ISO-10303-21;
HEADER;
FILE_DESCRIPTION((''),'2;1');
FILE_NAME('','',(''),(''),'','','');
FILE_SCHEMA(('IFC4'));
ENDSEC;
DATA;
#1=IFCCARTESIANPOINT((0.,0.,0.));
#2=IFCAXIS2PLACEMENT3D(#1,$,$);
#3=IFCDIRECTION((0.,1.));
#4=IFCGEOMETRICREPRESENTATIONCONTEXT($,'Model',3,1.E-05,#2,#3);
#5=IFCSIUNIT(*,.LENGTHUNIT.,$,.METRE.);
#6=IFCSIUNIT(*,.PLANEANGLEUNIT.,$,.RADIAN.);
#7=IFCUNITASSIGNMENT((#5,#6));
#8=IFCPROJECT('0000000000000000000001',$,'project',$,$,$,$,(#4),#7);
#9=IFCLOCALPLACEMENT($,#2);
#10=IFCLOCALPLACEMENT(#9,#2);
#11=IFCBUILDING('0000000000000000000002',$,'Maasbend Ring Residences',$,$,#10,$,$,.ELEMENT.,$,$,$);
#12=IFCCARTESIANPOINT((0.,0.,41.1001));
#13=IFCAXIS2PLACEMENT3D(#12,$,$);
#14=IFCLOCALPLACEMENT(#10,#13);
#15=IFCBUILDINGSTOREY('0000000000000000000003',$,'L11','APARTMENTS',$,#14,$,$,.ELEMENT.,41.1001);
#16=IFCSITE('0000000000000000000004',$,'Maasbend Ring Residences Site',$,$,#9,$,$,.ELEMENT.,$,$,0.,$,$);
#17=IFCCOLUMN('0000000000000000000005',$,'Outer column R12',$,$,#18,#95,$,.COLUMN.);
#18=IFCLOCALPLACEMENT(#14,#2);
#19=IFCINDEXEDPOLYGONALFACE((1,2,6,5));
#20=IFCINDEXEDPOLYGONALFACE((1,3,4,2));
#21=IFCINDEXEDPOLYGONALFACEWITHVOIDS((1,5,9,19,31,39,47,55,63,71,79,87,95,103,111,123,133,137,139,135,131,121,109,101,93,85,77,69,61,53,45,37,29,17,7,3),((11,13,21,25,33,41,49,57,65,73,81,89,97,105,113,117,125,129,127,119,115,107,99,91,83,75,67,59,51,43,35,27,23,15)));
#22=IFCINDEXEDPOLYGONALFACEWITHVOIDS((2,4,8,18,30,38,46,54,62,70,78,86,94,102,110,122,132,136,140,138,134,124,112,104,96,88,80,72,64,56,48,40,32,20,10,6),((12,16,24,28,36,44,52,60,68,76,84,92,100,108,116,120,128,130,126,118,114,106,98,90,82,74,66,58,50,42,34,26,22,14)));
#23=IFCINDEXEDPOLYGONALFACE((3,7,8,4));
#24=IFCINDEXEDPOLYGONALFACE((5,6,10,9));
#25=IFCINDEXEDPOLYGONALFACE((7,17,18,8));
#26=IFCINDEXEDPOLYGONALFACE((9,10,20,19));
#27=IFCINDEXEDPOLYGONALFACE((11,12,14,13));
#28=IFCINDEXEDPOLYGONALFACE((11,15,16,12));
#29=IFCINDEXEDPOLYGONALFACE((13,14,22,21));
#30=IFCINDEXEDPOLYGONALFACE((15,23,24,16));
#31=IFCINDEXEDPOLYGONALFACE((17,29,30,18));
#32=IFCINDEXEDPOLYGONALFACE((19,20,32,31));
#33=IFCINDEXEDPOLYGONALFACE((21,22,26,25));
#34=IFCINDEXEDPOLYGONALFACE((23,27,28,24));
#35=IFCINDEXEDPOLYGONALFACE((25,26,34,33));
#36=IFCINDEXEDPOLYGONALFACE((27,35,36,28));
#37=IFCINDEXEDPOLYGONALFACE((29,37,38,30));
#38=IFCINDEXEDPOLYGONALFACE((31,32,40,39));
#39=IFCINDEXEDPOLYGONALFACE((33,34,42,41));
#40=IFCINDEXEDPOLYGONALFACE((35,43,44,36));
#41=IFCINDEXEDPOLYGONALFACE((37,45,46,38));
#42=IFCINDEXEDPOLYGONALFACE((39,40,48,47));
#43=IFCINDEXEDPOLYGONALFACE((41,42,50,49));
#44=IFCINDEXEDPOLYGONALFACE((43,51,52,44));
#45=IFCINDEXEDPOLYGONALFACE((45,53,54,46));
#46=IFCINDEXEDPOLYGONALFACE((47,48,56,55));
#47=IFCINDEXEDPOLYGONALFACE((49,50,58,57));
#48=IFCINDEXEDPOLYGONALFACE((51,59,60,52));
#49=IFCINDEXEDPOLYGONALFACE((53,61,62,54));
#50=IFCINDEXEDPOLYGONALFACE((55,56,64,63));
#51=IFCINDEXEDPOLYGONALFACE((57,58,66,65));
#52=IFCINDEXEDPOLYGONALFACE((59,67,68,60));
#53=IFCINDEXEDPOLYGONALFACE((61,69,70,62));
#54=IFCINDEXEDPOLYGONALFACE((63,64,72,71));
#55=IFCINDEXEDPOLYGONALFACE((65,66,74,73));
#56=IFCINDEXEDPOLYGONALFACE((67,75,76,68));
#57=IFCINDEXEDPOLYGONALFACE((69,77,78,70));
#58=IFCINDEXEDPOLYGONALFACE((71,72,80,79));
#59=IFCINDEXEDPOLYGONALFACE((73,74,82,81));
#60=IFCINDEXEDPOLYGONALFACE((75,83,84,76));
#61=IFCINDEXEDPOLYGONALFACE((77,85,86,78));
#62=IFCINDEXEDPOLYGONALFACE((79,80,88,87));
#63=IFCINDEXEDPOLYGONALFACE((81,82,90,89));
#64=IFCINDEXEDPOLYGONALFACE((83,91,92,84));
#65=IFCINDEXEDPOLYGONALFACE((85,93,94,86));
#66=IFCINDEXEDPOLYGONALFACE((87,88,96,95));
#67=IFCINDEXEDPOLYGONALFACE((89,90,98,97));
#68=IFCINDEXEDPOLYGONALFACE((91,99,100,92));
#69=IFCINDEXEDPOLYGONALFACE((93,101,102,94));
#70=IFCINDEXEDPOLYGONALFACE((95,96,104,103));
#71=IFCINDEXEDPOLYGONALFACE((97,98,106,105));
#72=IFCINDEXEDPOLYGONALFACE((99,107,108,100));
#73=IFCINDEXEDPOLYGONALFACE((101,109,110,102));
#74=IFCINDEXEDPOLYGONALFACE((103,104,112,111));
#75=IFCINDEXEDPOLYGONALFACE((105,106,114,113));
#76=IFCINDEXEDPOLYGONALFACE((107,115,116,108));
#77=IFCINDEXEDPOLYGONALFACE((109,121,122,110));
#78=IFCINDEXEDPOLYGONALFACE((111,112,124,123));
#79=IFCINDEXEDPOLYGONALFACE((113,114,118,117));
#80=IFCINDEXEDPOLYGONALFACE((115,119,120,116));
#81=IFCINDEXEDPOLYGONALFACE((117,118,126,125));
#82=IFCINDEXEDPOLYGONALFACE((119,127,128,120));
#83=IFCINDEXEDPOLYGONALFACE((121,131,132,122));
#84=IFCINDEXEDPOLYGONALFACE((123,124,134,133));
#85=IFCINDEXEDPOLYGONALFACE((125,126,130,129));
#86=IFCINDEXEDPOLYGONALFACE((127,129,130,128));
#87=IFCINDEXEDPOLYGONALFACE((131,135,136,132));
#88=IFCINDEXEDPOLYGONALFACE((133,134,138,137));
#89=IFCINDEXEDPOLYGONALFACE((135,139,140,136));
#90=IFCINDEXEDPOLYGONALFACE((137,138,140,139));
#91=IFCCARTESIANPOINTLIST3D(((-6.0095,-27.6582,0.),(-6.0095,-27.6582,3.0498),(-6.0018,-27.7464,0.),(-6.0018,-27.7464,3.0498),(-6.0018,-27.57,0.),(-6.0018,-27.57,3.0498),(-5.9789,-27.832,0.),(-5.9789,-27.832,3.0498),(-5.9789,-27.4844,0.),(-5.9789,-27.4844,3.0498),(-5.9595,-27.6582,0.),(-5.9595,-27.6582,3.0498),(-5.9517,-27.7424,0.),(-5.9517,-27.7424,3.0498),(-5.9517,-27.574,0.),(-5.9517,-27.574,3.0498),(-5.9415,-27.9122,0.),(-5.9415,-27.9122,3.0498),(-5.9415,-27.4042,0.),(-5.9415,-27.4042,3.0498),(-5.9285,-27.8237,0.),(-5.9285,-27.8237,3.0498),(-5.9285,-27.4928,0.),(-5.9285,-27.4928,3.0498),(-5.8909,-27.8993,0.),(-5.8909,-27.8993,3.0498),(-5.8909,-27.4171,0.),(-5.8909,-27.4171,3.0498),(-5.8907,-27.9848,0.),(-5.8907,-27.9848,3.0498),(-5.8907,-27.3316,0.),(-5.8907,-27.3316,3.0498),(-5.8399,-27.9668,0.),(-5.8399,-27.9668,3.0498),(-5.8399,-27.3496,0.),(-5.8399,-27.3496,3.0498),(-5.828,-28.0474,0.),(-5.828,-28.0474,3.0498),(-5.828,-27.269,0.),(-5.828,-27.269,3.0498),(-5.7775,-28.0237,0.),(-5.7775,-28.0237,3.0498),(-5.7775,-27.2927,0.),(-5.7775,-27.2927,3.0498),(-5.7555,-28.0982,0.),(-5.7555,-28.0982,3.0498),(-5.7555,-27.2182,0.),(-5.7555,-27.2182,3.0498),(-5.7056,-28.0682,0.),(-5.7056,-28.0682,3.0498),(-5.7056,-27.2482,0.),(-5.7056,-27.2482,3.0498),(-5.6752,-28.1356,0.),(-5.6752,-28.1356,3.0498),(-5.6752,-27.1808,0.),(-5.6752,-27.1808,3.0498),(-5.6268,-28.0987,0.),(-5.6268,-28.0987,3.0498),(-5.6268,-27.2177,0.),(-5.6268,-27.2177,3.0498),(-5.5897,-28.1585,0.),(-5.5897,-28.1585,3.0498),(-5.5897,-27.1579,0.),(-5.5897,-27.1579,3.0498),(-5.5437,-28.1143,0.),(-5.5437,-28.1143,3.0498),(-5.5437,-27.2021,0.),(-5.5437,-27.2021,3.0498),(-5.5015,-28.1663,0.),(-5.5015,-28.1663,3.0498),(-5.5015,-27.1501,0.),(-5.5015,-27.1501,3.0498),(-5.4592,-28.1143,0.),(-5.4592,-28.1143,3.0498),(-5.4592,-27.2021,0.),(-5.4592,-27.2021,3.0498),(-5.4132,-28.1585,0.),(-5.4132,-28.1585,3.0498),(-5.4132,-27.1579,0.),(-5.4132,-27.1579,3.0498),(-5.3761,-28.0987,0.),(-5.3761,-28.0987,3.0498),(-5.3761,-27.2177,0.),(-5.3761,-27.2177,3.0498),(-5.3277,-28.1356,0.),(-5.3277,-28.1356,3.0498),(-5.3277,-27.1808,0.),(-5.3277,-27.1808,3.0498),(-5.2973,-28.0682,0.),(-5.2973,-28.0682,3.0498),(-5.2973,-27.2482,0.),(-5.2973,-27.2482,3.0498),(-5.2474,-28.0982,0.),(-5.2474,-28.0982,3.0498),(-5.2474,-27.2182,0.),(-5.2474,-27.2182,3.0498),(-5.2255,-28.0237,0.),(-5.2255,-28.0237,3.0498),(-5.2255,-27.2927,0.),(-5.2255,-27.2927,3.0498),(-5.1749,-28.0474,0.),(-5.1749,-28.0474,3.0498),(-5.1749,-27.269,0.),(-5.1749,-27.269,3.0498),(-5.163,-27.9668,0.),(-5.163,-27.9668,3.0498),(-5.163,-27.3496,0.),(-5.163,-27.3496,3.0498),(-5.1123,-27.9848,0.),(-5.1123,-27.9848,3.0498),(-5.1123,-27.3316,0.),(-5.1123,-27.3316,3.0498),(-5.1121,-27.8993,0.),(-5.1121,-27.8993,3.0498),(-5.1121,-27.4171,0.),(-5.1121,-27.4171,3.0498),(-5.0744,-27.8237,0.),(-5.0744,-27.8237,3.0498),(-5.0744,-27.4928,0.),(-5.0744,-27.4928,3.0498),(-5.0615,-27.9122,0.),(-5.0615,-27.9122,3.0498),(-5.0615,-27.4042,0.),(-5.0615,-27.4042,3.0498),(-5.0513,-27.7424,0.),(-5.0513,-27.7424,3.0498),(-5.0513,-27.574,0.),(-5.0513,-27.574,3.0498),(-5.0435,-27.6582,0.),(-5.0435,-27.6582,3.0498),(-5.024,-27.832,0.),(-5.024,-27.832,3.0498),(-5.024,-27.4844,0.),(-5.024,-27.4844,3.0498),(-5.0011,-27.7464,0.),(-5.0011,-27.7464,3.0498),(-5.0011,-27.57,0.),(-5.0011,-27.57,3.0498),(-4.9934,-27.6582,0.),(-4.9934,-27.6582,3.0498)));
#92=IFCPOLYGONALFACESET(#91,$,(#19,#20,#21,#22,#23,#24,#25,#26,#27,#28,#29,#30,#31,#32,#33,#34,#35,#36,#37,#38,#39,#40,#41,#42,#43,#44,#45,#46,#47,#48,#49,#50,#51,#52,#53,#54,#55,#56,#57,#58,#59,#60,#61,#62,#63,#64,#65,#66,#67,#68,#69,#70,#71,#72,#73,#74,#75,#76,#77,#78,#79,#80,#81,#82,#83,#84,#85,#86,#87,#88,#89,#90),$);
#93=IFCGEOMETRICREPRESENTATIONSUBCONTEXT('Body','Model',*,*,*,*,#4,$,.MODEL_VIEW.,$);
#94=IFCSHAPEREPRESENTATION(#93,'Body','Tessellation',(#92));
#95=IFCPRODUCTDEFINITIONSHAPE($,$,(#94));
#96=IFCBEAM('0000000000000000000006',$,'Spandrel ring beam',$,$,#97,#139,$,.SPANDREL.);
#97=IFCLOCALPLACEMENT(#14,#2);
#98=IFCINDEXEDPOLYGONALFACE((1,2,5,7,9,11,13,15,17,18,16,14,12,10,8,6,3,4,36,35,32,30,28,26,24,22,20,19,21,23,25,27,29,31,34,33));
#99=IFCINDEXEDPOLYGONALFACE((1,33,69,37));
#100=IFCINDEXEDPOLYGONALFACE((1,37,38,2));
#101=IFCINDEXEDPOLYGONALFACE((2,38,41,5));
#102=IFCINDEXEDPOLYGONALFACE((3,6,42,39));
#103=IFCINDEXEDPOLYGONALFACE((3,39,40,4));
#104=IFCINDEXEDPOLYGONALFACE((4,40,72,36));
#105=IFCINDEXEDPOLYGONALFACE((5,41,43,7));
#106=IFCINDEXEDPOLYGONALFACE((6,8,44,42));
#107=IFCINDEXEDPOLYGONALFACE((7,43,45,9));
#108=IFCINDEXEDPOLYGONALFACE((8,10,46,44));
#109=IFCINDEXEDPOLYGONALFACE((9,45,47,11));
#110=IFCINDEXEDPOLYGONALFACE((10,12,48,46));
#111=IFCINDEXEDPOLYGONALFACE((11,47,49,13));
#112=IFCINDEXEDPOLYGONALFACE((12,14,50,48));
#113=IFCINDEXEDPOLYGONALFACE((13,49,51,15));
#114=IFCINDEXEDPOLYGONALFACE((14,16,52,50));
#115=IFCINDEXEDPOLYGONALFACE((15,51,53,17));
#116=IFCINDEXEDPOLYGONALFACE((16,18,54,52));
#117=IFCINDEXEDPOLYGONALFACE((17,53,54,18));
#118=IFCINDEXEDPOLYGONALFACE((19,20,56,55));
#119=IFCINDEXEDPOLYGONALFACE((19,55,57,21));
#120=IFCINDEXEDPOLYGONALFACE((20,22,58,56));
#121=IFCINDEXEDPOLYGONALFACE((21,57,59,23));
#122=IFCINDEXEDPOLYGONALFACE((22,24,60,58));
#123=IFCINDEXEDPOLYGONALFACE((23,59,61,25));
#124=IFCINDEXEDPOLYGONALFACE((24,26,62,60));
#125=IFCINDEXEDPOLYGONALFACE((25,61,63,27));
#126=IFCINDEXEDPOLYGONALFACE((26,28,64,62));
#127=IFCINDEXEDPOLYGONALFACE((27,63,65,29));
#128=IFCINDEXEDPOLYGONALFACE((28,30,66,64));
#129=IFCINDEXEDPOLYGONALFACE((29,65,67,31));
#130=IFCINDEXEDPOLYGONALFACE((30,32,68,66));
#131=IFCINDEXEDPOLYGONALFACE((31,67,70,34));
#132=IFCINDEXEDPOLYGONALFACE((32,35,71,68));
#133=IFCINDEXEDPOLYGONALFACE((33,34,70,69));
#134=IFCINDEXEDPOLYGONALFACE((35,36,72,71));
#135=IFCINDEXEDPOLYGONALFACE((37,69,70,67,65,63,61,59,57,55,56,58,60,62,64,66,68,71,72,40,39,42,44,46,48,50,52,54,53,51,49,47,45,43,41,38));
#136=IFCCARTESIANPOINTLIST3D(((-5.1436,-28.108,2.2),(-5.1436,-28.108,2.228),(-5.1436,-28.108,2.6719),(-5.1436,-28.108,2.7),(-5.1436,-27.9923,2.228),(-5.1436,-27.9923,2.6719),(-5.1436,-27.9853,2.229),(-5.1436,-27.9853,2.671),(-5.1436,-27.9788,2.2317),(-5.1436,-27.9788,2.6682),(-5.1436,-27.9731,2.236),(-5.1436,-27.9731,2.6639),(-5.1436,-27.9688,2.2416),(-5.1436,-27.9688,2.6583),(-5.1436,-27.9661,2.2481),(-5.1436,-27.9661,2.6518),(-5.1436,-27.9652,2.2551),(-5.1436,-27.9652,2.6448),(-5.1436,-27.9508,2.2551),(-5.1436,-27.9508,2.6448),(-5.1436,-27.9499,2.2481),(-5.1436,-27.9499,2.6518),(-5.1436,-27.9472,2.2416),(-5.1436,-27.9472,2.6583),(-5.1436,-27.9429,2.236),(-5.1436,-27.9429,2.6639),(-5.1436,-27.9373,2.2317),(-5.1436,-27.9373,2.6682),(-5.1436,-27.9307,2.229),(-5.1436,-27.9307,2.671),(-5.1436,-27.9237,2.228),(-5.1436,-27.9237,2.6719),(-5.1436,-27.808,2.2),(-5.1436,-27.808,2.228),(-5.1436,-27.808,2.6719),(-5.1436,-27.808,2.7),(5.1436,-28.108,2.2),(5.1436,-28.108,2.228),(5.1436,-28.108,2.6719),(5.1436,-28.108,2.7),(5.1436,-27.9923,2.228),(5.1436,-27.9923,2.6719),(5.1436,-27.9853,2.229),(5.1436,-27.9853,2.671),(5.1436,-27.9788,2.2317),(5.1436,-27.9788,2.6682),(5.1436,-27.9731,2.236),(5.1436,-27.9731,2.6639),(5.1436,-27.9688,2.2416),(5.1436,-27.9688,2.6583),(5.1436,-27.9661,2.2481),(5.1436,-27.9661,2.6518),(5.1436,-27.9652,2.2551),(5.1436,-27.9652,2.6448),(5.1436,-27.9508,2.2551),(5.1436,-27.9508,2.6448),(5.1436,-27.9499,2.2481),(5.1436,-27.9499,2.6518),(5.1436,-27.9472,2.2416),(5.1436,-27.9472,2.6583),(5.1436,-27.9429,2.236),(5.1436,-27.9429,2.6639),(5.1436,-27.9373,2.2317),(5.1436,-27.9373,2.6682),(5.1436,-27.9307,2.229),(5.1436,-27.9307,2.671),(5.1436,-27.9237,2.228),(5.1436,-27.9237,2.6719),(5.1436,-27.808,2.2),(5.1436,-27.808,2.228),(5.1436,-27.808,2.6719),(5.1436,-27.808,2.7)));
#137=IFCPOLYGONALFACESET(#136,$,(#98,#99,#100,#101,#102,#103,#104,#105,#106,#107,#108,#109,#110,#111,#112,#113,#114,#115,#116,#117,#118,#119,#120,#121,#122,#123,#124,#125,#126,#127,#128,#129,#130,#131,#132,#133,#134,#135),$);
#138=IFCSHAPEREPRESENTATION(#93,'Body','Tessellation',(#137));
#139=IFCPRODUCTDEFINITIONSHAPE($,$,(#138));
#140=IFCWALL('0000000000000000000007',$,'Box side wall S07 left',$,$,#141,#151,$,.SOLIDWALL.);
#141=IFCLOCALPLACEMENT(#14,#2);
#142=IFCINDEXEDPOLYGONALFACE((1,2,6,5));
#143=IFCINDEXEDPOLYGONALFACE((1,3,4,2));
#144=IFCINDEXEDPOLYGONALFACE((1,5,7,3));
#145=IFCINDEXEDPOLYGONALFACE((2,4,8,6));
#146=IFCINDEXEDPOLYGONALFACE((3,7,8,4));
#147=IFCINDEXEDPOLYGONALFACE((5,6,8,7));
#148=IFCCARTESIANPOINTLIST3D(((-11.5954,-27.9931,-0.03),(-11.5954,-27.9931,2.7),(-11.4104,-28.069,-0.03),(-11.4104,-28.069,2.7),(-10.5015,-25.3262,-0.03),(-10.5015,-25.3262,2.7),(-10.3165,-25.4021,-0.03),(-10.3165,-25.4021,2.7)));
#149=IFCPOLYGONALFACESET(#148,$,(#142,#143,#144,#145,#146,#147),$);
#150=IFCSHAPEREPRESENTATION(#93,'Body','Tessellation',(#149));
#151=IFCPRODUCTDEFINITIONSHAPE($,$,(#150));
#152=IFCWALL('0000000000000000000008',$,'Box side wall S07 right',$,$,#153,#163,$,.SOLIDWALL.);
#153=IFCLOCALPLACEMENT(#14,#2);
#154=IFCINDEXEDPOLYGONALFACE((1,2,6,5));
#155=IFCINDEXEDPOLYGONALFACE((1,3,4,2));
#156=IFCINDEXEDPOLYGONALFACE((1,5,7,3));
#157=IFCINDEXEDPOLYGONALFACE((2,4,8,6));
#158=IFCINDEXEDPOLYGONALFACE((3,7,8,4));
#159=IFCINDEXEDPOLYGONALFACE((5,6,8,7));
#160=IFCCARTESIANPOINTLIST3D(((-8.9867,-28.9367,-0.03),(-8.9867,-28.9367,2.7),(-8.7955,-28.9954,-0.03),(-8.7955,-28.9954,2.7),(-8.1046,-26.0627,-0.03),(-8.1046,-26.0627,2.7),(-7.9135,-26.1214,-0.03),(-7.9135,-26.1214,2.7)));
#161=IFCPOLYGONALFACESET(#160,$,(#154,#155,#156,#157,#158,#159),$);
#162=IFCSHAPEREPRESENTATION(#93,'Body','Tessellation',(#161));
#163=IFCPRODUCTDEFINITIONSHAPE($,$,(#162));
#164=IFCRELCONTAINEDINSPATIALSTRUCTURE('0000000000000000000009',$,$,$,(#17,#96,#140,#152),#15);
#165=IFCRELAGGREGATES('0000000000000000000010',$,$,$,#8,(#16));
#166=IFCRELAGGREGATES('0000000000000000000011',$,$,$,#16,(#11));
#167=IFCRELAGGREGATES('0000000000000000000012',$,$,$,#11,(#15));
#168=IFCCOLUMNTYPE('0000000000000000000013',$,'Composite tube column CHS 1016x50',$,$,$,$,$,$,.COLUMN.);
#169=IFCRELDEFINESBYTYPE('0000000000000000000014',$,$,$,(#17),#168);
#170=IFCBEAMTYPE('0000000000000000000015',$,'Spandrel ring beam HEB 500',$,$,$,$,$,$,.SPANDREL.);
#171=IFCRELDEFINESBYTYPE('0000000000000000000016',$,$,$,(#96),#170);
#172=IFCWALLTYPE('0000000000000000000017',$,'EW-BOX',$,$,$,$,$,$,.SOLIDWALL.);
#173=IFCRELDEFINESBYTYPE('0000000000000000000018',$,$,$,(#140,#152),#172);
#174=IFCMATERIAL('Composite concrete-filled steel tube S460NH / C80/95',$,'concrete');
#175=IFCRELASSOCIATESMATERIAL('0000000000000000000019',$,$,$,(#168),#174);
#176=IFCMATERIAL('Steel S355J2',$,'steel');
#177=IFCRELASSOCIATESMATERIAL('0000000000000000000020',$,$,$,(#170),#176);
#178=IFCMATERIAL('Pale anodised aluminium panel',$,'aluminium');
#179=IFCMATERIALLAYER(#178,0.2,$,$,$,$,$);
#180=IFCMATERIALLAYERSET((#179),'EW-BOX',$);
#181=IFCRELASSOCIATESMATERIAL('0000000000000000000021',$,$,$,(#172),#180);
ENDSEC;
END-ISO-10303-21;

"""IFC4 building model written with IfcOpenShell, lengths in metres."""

from ifc_helpers import new_model, si_unit, direction, frame, frame_2d, origin, origin_2d, place, context, subcontext, project, spatial, rectangle, hollow_circle, i_section, extrude, material, layer, layer_set, material_profile, profile_set, type_object, element, save


model = new_model("IFC4")

# Units and contexts
model_context = context("Model", 3, precision=1e-05, world=origin(), true_north=direction((0.0, 1.0)))
body_context = subcontext(model_context, "Body", "Model", "MODEL_VIEW")
ifc_project = project(units=[si_unit("LENGTHUNIT", "METRE"), si_unit("PLANEANGLEUNIT", "RADIAN")], contexts=[model_context])

# Site, building, storey
site_placement = place(None, origin())
site = spatial("IfcSite", under=ifc_project, at=site_placement, Name="Maasbend Ring Residences Site", CompositionType="ELEMENT", RefElevation=0.0)
building_placement = place(site_placement, origin())
building = spatial("IfcBuilding", under=site, at=building_placement, Name="Maasbend Ring Residences", CompositionType="ELEMENT")
storey_placement = place(building_placement, frame((0.0, 0.0, 41.1001)))
storey = spatial("IfcBuildingStorey", under=building, at=storey_placement, Name="L11", Description="APARTMENTS", CompositionType="ELEMENT", Elevation=41.1001)

# Column
ifc_material_1 = material(Name="Composite concrete-filled steel tube S460NH / C80/95", Category="concrete")
ifc_material_profile_1 = material_profile(ifc_material_1, hollow_circle(Radius=0.5081, WallThickness=0.05, at=origin_2d()), Name="Composite tube column CHS 1016x50")
ifc_profile_set_1 = profile_set([ifc_material_profile_1], Name="Composite concrete-filled steel tube S460NH / C80/95")
column_type = type_object("IfcColumnType", Name="Composite tube column CHS 1016x50", PredefinedType="COLUMN", material=ifc_profile_set_1)
column_placement = place(storey_placement, frame((-5.5015, -27.6582, 0.0), z_axis=(0.0, 0.0, 1.0), x_axis=(1.0, 0.0, 0.0)))
element("IfcColumn", 1, at=column_placement, inside=storey, type_object=column_type, Name="Outer column R12", PredefinedType="COLUMN", context=body_context, shape_type="SweptSolid", body=[
    extrude(hollow_circle(Radius=0.5081, WallThickness=0.05, at=origin_2d()), origin(), (0.0, 0.0, 1.0), 3.0498),
])

# Beam
ifc_material_2 = material(Name="Steel S355J2", Category="steel")
ifc_material_profile_2 = material_profile(ifc_material_2, i_section(OverallWidth=0.3, OverallDepth=0.5, WebThickness=0.0144, FlangeThickness=0.0281, FilletRadius=0.0271, at=origin_2d()), Name="HEB 500")
ifc_profile_set_2 = profile_set([ifc_material_profile_2], Name="Steel S355J2")
beam_type = type_object("IfcBeamType", Name="Spandrel ring beam HEB 500", PredefinedType="SPANDREL", material=ifc_profile_set_2)
beam_placement = place(storey_placement, frame((-5.1436, -27.958, 2.45), z_axis=(1.0, 0.0, 0.0), x_axis=(0.0, 1.0, 0.0)))
element("IfcBeam", 2, at=beam_placement, inside=storey, type_object=beam_type, Name="Spandrel ring beam", PredefinedType="SPANDREL", context=body_context, shape_type="SweptSolid", body=[
    extrude(i_section(OverallWidth=0.3, OverallDepth=0.5, WebThickness=0.0144, FlangeThickness=0.0281, FilletRadius=0.0271, at=origin_2d()), origin(), (0.0, 0.0, 1.0), 10.2871),
])

# Walls
ifc_material_3 = material(Name="Pale anodised aluminium panel", Category="aluminium")
ifc_layer_1 = layer(ifc_material_3, 0.2)
ifc_layer_set_1 = layer_set([ifc_layer_1], Name="EW-BOX")
wall_type_1 = type_object("IfcWallType", Name="EW-BOX", PredefinedType="SOLIDWALL", material=ifc_layer_set_1)
wall_1_placement = place(storey_placement, frame((-10.4089, -25.364, -0.03), z_axis=(0.0, 0.0, 1.0), x_axis=(-0.37951, -0.925188, 0.0)))
element("IfcWall", 3, at=wall_1_placement, inside=storey, type_object=wall_type_1, Name="Box side wall S07 left", PredefinedType="SOLIDWALL", context=body_context, shape_type="SweptSolid", body=[
    extrude(rectangle(XDim=2.8826, YDim=0.2, at=frame_2d((1.4414, 0.0))), origin(), (0.0, 0.0, 1.0), 2.73),
])
wall_2_placement = place(storey_placement, frame((-8.009, -26.092, -0.03), z_axis=(0.0, 0.0, 1.0), x_axis=(-0.293407, -0.955988, 0.0)))
element("IfcWall", 4, at=wall_2_placement, inside=storey, type_object=wall_type_1, Name="Box side wall S07 right", PredefinedType="SOLIDWALL", context=body_context, shape_type="SweptSolid", body=[
    extrude(rectangle(XDim=3.0063, YDim=0.2, at=frame_2d((1.5032, 0.0))), origin(), (0.0, 0.0, 1.0), 2.73),
])

save(model, "model.ifc")
